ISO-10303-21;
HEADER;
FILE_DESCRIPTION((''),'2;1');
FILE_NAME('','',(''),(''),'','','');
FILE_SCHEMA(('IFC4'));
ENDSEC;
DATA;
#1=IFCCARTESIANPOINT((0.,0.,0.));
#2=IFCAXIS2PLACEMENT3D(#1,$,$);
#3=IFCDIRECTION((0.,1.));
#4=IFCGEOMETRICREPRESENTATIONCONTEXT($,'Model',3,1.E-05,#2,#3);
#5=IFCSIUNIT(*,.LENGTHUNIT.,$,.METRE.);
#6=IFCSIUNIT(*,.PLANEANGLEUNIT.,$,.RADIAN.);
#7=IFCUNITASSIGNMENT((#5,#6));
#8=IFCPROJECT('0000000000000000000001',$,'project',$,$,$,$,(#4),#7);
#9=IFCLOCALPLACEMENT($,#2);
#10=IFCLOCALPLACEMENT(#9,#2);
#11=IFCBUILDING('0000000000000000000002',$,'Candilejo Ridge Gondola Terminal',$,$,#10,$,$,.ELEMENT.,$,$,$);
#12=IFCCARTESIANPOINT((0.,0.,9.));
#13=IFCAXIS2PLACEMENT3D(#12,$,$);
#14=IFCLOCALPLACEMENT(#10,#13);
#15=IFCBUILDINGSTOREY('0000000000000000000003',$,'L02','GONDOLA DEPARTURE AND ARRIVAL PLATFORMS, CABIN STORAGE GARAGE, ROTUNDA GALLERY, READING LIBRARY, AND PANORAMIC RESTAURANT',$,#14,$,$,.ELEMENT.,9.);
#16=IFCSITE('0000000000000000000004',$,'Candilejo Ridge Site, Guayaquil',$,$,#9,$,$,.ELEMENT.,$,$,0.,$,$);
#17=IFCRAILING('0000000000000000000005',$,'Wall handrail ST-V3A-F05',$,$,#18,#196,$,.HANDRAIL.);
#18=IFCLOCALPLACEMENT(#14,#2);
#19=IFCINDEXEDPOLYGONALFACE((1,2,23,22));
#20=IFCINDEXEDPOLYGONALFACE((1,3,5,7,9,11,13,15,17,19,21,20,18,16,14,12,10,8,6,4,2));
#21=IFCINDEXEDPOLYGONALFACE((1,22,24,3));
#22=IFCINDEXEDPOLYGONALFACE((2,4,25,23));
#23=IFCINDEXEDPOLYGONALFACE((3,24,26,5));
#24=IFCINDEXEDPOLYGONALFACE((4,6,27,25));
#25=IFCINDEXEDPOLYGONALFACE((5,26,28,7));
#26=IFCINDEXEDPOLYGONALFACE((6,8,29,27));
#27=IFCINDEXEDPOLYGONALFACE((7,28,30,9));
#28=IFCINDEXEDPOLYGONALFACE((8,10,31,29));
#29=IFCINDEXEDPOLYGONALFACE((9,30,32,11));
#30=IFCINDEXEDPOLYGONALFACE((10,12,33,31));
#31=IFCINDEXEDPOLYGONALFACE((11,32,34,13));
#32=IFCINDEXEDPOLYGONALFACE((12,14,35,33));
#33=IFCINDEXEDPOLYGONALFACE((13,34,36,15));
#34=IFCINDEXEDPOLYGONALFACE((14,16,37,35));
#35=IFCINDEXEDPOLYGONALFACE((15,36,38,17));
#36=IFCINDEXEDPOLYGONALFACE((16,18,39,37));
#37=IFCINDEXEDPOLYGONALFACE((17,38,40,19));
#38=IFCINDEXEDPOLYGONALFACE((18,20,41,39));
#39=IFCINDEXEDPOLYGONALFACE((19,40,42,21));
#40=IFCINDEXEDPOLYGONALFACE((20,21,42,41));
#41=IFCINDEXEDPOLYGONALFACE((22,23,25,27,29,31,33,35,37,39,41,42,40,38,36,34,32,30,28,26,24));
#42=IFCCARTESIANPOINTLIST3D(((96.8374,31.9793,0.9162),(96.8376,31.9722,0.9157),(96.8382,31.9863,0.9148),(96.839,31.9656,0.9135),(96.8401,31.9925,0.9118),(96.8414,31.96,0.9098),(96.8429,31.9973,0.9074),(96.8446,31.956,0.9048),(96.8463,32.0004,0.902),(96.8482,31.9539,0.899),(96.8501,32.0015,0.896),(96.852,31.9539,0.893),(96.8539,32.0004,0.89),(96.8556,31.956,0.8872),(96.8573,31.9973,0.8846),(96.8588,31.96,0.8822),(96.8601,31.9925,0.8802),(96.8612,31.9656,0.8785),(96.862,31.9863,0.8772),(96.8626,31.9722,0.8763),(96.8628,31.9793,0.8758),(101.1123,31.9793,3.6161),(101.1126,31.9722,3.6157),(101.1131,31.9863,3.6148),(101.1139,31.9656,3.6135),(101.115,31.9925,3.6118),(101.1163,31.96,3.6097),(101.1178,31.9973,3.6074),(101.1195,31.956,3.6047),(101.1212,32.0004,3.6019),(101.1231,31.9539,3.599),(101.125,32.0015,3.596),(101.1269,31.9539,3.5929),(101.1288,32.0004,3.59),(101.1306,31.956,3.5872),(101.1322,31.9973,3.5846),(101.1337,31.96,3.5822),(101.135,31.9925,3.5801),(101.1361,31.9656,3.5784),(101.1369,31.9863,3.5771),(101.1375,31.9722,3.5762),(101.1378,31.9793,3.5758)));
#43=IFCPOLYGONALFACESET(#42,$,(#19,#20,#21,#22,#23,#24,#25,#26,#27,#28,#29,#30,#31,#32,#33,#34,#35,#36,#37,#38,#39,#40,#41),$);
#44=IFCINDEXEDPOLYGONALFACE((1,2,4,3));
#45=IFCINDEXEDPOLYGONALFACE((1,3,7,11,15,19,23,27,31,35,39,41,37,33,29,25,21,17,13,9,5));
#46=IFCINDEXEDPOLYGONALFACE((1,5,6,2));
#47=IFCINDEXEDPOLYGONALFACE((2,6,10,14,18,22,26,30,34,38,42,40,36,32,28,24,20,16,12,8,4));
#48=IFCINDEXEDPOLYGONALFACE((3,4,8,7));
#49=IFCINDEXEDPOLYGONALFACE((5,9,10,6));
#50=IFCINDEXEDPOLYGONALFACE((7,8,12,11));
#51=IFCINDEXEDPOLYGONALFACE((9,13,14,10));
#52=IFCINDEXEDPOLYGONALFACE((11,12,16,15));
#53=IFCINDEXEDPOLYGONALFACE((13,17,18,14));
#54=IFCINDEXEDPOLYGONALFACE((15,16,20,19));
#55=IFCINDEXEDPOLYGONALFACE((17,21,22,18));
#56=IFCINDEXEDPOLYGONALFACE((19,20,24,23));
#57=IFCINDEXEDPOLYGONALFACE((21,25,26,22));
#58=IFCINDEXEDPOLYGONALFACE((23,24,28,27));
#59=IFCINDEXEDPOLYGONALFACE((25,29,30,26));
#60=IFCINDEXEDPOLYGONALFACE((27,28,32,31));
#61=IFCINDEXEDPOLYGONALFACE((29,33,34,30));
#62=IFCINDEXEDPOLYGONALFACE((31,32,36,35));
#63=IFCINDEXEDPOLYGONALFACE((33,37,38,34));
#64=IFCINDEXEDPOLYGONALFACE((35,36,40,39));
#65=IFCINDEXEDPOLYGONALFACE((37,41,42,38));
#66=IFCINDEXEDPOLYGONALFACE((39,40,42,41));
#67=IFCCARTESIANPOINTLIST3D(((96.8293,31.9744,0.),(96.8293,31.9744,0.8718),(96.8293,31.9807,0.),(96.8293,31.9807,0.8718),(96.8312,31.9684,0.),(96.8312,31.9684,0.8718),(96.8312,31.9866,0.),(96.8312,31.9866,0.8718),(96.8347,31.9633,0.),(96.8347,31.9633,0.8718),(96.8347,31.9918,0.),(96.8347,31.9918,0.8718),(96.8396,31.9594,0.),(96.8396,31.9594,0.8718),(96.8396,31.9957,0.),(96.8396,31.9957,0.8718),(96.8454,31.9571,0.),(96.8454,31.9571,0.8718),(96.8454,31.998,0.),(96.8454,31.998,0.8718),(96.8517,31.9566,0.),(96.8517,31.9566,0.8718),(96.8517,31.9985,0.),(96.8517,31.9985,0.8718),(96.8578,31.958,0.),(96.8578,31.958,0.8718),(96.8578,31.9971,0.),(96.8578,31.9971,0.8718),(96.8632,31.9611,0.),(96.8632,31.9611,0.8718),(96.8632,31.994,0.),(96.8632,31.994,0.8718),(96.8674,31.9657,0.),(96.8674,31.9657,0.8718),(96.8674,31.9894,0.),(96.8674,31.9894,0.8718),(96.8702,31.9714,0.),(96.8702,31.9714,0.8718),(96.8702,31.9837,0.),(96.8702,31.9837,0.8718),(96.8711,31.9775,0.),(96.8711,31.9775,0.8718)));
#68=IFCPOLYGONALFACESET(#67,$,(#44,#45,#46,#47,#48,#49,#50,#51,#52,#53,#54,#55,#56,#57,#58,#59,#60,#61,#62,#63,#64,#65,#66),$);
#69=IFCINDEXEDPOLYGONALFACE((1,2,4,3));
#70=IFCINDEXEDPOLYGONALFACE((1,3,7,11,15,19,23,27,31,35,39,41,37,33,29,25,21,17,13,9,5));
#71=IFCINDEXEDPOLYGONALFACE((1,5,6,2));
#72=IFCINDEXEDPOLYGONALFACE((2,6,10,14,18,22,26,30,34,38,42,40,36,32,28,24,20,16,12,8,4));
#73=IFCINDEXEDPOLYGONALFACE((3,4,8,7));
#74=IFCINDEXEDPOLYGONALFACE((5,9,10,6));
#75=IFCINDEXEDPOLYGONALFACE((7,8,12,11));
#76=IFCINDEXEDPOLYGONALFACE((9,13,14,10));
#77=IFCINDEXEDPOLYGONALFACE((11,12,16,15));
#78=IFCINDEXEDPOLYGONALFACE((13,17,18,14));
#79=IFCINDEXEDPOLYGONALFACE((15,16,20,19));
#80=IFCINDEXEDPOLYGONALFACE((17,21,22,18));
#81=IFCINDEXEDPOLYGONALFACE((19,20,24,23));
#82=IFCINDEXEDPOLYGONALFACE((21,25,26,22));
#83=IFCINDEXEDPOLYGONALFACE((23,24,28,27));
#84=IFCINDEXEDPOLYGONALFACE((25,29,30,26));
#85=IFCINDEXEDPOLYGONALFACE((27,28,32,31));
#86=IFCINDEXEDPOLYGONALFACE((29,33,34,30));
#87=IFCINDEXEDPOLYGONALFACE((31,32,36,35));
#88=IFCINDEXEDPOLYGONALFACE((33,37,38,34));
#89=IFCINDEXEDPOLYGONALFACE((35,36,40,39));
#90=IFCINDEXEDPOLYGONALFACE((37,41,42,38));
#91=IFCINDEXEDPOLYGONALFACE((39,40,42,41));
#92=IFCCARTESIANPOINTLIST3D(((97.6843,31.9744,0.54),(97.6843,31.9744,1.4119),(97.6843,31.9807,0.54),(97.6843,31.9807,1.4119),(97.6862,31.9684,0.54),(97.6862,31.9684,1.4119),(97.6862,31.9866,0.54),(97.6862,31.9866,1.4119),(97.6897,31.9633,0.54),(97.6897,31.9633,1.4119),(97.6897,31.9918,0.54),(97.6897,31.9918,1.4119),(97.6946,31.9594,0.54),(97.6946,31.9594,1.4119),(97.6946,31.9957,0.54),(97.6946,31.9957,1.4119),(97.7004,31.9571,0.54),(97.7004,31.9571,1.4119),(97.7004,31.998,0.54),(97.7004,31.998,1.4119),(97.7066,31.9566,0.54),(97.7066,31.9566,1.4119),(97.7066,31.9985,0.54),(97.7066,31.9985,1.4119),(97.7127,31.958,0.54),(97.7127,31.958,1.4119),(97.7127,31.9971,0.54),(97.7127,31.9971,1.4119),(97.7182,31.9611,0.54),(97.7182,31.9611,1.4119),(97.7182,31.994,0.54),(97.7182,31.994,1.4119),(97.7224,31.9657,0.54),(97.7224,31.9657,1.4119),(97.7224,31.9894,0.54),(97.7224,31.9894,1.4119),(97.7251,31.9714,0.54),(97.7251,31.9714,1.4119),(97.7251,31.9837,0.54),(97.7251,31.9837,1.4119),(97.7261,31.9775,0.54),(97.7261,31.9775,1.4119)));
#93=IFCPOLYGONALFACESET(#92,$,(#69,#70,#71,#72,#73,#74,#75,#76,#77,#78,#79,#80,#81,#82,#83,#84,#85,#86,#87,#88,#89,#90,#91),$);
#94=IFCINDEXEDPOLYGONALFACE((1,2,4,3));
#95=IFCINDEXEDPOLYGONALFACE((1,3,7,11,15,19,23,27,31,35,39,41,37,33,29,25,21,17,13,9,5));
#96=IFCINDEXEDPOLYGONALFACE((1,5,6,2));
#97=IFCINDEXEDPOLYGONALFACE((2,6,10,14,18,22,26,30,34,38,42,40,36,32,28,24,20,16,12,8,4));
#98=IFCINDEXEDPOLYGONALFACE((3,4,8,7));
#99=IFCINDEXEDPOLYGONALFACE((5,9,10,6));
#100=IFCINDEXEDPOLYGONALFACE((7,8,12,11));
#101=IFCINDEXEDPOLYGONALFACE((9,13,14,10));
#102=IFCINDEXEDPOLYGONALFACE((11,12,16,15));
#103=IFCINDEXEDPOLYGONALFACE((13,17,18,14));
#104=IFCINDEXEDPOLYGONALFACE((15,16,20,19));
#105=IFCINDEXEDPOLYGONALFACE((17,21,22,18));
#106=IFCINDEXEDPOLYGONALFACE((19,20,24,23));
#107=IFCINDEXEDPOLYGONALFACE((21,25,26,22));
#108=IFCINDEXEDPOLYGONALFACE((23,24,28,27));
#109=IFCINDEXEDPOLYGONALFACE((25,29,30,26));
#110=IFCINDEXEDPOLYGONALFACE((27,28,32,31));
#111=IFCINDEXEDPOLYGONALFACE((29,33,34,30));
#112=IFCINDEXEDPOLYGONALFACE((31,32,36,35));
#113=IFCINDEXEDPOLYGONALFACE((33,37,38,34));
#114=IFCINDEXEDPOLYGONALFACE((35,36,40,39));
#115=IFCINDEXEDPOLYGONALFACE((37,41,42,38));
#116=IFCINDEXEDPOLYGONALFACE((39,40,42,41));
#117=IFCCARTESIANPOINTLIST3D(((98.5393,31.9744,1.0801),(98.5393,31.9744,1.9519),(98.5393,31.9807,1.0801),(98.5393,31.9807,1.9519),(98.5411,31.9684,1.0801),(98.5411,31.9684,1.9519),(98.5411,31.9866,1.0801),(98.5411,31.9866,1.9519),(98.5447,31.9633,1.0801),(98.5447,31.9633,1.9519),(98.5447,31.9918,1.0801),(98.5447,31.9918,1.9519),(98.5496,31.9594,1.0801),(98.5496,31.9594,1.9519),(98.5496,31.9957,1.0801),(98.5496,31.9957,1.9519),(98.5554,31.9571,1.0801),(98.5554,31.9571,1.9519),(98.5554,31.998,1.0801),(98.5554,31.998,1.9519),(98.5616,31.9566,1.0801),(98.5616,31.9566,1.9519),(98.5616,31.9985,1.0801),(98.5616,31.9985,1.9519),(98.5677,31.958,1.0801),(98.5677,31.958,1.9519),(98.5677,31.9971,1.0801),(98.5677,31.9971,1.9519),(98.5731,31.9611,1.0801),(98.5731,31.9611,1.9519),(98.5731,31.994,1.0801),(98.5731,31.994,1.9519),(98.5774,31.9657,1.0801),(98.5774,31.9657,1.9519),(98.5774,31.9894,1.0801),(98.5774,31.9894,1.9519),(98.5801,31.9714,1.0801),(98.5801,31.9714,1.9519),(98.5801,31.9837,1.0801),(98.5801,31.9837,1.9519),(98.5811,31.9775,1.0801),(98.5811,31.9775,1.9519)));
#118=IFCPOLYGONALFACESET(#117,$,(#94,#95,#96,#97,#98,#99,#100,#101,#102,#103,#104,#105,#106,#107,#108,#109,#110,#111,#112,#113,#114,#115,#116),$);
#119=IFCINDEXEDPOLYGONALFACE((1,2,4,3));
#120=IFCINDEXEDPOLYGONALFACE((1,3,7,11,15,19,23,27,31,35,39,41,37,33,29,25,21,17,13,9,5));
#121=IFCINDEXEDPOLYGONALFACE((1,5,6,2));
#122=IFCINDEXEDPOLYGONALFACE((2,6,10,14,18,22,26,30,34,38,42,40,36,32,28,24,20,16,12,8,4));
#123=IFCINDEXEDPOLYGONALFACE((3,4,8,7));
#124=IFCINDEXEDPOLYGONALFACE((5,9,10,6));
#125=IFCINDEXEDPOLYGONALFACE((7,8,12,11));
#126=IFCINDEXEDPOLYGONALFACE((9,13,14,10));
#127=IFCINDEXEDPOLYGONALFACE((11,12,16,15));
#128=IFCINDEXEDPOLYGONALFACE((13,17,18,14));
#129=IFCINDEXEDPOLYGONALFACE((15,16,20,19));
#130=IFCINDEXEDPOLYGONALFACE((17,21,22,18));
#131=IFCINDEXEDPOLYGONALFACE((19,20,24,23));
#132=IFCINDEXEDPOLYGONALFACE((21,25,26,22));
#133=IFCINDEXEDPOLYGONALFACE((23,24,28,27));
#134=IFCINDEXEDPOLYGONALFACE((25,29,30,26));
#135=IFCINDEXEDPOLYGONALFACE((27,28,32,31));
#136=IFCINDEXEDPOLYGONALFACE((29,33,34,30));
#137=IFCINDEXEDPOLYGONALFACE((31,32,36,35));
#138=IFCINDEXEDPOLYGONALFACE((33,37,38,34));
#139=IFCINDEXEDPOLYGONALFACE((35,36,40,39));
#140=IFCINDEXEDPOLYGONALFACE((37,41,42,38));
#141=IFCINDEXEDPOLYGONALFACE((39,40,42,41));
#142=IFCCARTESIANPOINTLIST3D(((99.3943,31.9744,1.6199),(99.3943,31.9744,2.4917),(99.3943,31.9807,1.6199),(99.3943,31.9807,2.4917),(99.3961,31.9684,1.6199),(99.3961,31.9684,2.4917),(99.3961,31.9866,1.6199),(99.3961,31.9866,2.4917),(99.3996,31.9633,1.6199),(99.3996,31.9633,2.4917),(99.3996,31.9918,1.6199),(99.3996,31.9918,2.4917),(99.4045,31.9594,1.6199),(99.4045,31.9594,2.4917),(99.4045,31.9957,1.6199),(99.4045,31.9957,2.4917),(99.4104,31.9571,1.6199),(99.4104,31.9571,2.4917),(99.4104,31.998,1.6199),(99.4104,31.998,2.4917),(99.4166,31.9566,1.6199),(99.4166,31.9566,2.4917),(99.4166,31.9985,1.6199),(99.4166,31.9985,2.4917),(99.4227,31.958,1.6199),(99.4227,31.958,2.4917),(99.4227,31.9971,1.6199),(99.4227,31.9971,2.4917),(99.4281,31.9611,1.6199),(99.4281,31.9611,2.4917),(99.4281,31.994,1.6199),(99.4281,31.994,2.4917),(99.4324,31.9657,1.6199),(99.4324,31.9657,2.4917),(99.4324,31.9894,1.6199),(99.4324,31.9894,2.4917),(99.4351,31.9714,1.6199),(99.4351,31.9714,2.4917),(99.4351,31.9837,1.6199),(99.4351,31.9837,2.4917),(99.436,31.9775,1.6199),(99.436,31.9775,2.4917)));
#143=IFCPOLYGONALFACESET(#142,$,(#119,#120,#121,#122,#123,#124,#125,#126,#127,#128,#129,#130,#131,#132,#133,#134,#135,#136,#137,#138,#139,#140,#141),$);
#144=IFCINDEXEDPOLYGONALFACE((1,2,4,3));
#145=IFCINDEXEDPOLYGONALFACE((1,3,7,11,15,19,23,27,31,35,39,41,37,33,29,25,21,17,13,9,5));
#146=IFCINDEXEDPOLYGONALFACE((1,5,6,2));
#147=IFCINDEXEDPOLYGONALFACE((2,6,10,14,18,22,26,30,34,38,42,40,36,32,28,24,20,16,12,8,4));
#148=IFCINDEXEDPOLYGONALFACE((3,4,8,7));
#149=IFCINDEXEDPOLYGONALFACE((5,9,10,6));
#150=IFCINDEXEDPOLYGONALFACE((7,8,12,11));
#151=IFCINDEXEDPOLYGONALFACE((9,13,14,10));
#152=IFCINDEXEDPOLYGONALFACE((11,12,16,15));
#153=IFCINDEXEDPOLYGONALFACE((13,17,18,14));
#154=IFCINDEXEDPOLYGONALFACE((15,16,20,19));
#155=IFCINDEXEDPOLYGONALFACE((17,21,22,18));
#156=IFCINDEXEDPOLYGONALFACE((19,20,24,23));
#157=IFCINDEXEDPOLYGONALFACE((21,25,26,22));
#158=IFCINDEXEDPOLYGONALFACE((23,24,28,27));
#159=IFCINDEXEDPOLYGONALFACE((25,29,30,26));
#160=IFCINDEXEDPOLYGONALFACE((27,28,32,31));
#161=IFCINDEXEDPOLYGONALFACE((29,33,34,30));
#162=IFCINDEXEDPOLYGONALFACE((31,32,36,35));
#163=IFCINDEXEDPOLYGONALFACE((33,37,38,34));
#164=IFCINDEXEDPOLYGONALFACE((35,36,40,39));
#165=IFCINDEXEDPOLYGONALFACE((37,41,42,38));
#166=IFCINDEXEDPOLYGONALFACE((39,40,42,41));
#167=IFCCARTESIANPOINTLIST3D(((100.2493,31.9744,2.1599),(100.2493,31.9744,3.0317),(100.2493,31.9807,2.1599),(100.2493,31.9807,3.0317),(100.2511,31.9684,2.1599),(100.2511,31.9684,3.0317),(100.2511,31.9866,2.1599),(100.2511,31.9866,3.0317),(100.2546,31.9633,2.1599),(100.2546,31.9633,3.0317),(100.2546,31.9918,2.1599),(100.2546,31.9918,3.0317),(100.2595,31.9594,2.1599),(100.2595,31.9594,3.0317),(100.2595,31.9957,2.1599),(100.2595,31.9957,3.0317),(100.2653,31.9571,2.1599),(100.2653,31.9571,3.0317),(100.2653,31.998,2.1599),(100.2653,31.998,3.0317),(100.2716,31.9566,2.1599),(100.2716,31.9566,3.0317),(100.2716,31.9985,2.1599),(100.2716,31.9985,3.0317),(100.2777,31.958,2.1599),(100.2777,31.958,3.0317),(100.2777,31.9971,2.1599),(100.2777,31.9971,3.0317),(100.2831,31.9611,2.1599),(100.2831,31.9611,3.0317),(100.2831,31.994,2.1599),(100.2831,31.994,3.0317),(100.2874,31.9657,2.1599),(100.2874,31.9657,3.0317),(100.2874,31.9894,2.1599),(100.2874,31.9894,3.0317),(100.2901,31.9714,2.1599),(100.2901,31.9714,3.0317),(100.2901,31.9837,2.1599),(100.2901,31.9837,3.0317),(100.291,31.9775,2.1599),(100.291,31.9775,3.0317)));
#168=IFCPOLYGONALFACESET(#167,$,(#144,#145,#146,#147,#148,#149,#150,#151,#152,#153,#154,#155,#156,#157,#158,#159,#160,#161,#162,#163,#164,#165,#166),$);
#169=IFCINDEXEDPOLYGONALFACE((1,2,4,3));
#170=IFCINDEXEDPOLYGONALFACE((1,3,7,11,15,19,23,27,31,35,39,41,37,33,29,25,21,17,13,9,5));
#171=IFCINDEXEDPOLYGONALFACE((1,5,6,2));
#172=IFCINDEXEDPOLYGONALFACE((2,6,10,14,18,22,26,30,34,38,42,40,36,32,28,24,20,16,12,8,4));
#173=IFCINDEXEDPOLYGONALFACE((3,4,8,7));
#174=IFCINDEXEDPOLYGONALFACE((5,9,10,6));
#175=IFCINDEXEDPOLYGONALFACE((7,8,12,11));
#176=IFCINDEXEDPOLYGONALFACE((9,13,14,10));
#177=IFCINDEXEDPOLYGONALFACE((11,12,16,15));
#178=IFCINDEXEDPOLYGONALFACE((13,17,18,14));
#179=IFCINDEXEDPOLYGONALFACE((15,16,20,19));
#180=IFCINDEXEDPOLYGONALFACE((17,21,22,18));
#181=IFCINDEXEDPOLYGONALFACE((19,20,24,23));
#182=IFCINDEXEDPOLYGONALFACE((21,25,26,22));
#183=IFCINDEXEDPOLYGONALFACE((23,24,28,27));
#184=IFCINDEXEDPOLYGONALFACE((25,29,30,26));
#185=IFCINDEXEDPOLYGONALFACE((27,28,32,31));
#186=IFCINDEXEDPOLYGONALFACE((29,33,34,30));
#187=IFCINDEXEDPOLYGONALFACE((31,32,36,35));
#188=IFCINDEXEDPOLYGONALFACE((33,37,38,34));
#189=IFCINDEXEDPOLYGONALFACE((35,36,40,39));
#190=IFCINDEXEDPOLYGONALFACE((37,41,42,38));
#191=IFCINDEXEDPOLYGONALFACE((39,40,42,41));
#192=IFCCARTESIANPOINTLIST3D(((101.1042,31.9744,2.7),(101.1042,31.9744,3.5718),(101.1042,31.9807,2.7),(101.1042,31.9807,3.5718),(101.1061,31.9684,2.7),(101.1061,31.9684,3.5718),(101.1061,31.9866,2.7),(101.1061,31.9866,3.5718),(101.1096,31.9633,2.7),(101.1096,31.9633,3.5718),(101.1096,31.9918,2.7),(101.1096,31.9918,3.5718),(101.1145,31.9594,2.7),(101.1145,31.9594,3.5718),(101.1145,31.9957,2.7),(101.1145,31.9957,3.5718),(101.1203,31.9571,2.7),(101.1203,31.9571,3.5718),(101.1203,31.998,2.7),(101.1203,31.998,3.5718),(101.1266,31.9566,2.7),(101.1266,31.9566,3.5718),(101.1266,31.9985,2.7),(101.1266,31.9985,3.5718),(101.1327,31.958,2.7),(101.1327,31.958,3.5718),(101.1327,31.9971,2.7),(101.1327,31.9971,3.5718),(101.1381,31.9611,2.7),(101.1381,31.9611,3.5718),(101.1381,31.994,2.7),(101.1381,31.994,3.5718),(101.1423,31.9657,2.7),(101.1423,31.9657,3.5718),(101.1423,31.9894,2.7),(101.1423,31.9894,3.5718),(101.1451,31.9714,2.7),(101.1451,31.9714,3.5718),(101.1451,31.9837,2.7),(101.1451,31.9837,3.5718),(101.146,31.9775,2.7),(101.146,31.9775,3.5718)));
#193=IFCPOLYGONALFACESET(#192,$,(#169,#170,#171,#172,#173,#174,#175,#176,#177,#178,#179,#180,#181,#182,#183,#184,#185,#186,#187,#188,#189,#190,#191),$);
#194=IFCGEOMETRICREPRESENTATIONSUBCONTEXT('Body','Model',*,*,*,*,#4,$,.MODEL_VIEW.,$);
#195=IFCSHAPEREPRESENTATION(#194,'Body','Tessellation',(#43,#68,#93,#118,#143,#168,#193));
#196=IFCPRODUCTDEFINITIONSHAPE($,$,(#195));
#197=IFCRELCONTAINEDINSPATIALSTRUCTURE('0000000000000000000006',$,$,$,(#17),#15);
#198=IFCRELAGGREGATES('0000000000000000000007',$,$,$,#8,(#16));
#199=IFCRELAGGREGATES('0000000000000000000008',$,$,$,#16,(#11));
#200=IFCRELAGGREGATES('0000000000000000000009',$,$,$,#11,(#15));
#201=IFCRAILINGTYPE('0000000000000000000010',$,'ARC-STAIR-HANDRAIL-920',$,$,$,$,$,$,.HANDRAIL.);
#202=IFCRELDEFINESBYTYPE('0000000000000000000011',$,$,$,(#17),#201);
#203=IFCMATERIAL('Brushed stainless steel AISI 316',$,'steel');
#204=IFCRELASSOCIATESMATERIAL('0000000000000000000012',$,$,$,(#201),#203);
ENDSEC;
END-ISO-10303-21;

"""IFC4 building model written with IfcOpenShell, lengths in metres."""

from ifc_helpers import new_model, si_unit, direction, frame, origin, origin_2d, place, context, subcontext, project, spatial, circle, extrude, material, type_object, element, save


model = new_model("IFC4")

# Units and contexts
model_context = context("Model", 3, precision=1e-05, world=origin(), true_north=direction((0.0, 1.0)))
body_context = subcontext(model_context, "Body", "Model", "MODEL_VIEW")
ifc_project = project(units=[si_unit("LENGTHUNIT", "METRE"), si_unit("PLANEANGLEUNIT", "RADIAN")], contexts=[model_context])

# Site, building, storey
site_placement = place(None, origin())
site = spatial("IfcSite", under=ifc_project, at=site_placement, Name="Candilejo Ridge Site, Guayaquil", CompositionType="ELEMENT", RefElevation=0.0)
building_placement = place(site_placement, origin())
building = spatial("IfcBuilding", under=site, at=building_placement, Name="Candilejo Ridge Gondola Terminal", CompositionType="ELEMENT")
storey_placement = place(building_placement, frame((0.0, 0.0, 9.0)))
storey = spatial("IfcBuildingStorey", under=building, at=storey_placement, Name="L02", Description="GONDOLA DEPARTURE AND ARRIVAL PLATFORMS, CABIN STORAGE GARAGE, ROTUNDA GALLERY, READING LIBRARY, AND PANORAMIC RESTAURANT", CompositionType="ELEMENT", Elevation=9.0)

# Railing
ifc_material_1 = material(Name="Brushed stainless steel AISI 316", Category="steel")
railing_type_1 = type_object("IfcRailingType", Name="ARC-STAIR-HANDRAIL-920", PredefinedType="HANDRAIL", material=ifc_material_1)
railing_1_placement = place(storey_placement, frame((96.8501, 31.9775, 0.0)))
element("IfcRailing", 1, at=railing_1_placement, inside=storey, type_object=railing_type_1, Name="Wall handrail ST-V3A-F05", PredefinedType="HANDRAIL", context=body_context, shape_type="SweptSolid", body=[
    extrude(circle(Radius=0.0239, at=origin_2d()), frame((0.0, 0.0, 0.896), z_axis=(0.845488, 0.0, 0.533995), x_axis=(0.0, 1.0, 0.0)), (0.0, 0.0, 1.0), 5.0562),
    extrude(circle(Radius=0.021, at=origin_2d()), origin(), (0.0, 0.0, 1.0), 0.8718),
    extrude(circle(Radius=0.021, at=origin_2d()), frame((0.855, 0.0, 0.54)), (0.0, 0.0, 1.0), 0.8718),
    extrude(circle(Radius=0.021, at=origin_2d()), frame((1.71, 0.0, 1.0801)), (0.0, 0.0, 1.0), 0.8718),
    extrude(circle(Radius=0.021, at=origin_2d()), frame((2.5649, 0.0, 1.6199)), (0.0, 0.0, 1.0), 0.8718),
    extrude(circle(Radius=0.021, at=origin_2d()), frame((3.4199, 0.0, 2.1599)), (0.0, 0.0, 1.0), 0.8718),
    extrude(circle(Radius=0.021, at=origin_2d()), frame((4.2749, 0.0, 2.7)), (0.0, 0.0, 1.0), 0.8718),
])

save(model, "model.ifc")
